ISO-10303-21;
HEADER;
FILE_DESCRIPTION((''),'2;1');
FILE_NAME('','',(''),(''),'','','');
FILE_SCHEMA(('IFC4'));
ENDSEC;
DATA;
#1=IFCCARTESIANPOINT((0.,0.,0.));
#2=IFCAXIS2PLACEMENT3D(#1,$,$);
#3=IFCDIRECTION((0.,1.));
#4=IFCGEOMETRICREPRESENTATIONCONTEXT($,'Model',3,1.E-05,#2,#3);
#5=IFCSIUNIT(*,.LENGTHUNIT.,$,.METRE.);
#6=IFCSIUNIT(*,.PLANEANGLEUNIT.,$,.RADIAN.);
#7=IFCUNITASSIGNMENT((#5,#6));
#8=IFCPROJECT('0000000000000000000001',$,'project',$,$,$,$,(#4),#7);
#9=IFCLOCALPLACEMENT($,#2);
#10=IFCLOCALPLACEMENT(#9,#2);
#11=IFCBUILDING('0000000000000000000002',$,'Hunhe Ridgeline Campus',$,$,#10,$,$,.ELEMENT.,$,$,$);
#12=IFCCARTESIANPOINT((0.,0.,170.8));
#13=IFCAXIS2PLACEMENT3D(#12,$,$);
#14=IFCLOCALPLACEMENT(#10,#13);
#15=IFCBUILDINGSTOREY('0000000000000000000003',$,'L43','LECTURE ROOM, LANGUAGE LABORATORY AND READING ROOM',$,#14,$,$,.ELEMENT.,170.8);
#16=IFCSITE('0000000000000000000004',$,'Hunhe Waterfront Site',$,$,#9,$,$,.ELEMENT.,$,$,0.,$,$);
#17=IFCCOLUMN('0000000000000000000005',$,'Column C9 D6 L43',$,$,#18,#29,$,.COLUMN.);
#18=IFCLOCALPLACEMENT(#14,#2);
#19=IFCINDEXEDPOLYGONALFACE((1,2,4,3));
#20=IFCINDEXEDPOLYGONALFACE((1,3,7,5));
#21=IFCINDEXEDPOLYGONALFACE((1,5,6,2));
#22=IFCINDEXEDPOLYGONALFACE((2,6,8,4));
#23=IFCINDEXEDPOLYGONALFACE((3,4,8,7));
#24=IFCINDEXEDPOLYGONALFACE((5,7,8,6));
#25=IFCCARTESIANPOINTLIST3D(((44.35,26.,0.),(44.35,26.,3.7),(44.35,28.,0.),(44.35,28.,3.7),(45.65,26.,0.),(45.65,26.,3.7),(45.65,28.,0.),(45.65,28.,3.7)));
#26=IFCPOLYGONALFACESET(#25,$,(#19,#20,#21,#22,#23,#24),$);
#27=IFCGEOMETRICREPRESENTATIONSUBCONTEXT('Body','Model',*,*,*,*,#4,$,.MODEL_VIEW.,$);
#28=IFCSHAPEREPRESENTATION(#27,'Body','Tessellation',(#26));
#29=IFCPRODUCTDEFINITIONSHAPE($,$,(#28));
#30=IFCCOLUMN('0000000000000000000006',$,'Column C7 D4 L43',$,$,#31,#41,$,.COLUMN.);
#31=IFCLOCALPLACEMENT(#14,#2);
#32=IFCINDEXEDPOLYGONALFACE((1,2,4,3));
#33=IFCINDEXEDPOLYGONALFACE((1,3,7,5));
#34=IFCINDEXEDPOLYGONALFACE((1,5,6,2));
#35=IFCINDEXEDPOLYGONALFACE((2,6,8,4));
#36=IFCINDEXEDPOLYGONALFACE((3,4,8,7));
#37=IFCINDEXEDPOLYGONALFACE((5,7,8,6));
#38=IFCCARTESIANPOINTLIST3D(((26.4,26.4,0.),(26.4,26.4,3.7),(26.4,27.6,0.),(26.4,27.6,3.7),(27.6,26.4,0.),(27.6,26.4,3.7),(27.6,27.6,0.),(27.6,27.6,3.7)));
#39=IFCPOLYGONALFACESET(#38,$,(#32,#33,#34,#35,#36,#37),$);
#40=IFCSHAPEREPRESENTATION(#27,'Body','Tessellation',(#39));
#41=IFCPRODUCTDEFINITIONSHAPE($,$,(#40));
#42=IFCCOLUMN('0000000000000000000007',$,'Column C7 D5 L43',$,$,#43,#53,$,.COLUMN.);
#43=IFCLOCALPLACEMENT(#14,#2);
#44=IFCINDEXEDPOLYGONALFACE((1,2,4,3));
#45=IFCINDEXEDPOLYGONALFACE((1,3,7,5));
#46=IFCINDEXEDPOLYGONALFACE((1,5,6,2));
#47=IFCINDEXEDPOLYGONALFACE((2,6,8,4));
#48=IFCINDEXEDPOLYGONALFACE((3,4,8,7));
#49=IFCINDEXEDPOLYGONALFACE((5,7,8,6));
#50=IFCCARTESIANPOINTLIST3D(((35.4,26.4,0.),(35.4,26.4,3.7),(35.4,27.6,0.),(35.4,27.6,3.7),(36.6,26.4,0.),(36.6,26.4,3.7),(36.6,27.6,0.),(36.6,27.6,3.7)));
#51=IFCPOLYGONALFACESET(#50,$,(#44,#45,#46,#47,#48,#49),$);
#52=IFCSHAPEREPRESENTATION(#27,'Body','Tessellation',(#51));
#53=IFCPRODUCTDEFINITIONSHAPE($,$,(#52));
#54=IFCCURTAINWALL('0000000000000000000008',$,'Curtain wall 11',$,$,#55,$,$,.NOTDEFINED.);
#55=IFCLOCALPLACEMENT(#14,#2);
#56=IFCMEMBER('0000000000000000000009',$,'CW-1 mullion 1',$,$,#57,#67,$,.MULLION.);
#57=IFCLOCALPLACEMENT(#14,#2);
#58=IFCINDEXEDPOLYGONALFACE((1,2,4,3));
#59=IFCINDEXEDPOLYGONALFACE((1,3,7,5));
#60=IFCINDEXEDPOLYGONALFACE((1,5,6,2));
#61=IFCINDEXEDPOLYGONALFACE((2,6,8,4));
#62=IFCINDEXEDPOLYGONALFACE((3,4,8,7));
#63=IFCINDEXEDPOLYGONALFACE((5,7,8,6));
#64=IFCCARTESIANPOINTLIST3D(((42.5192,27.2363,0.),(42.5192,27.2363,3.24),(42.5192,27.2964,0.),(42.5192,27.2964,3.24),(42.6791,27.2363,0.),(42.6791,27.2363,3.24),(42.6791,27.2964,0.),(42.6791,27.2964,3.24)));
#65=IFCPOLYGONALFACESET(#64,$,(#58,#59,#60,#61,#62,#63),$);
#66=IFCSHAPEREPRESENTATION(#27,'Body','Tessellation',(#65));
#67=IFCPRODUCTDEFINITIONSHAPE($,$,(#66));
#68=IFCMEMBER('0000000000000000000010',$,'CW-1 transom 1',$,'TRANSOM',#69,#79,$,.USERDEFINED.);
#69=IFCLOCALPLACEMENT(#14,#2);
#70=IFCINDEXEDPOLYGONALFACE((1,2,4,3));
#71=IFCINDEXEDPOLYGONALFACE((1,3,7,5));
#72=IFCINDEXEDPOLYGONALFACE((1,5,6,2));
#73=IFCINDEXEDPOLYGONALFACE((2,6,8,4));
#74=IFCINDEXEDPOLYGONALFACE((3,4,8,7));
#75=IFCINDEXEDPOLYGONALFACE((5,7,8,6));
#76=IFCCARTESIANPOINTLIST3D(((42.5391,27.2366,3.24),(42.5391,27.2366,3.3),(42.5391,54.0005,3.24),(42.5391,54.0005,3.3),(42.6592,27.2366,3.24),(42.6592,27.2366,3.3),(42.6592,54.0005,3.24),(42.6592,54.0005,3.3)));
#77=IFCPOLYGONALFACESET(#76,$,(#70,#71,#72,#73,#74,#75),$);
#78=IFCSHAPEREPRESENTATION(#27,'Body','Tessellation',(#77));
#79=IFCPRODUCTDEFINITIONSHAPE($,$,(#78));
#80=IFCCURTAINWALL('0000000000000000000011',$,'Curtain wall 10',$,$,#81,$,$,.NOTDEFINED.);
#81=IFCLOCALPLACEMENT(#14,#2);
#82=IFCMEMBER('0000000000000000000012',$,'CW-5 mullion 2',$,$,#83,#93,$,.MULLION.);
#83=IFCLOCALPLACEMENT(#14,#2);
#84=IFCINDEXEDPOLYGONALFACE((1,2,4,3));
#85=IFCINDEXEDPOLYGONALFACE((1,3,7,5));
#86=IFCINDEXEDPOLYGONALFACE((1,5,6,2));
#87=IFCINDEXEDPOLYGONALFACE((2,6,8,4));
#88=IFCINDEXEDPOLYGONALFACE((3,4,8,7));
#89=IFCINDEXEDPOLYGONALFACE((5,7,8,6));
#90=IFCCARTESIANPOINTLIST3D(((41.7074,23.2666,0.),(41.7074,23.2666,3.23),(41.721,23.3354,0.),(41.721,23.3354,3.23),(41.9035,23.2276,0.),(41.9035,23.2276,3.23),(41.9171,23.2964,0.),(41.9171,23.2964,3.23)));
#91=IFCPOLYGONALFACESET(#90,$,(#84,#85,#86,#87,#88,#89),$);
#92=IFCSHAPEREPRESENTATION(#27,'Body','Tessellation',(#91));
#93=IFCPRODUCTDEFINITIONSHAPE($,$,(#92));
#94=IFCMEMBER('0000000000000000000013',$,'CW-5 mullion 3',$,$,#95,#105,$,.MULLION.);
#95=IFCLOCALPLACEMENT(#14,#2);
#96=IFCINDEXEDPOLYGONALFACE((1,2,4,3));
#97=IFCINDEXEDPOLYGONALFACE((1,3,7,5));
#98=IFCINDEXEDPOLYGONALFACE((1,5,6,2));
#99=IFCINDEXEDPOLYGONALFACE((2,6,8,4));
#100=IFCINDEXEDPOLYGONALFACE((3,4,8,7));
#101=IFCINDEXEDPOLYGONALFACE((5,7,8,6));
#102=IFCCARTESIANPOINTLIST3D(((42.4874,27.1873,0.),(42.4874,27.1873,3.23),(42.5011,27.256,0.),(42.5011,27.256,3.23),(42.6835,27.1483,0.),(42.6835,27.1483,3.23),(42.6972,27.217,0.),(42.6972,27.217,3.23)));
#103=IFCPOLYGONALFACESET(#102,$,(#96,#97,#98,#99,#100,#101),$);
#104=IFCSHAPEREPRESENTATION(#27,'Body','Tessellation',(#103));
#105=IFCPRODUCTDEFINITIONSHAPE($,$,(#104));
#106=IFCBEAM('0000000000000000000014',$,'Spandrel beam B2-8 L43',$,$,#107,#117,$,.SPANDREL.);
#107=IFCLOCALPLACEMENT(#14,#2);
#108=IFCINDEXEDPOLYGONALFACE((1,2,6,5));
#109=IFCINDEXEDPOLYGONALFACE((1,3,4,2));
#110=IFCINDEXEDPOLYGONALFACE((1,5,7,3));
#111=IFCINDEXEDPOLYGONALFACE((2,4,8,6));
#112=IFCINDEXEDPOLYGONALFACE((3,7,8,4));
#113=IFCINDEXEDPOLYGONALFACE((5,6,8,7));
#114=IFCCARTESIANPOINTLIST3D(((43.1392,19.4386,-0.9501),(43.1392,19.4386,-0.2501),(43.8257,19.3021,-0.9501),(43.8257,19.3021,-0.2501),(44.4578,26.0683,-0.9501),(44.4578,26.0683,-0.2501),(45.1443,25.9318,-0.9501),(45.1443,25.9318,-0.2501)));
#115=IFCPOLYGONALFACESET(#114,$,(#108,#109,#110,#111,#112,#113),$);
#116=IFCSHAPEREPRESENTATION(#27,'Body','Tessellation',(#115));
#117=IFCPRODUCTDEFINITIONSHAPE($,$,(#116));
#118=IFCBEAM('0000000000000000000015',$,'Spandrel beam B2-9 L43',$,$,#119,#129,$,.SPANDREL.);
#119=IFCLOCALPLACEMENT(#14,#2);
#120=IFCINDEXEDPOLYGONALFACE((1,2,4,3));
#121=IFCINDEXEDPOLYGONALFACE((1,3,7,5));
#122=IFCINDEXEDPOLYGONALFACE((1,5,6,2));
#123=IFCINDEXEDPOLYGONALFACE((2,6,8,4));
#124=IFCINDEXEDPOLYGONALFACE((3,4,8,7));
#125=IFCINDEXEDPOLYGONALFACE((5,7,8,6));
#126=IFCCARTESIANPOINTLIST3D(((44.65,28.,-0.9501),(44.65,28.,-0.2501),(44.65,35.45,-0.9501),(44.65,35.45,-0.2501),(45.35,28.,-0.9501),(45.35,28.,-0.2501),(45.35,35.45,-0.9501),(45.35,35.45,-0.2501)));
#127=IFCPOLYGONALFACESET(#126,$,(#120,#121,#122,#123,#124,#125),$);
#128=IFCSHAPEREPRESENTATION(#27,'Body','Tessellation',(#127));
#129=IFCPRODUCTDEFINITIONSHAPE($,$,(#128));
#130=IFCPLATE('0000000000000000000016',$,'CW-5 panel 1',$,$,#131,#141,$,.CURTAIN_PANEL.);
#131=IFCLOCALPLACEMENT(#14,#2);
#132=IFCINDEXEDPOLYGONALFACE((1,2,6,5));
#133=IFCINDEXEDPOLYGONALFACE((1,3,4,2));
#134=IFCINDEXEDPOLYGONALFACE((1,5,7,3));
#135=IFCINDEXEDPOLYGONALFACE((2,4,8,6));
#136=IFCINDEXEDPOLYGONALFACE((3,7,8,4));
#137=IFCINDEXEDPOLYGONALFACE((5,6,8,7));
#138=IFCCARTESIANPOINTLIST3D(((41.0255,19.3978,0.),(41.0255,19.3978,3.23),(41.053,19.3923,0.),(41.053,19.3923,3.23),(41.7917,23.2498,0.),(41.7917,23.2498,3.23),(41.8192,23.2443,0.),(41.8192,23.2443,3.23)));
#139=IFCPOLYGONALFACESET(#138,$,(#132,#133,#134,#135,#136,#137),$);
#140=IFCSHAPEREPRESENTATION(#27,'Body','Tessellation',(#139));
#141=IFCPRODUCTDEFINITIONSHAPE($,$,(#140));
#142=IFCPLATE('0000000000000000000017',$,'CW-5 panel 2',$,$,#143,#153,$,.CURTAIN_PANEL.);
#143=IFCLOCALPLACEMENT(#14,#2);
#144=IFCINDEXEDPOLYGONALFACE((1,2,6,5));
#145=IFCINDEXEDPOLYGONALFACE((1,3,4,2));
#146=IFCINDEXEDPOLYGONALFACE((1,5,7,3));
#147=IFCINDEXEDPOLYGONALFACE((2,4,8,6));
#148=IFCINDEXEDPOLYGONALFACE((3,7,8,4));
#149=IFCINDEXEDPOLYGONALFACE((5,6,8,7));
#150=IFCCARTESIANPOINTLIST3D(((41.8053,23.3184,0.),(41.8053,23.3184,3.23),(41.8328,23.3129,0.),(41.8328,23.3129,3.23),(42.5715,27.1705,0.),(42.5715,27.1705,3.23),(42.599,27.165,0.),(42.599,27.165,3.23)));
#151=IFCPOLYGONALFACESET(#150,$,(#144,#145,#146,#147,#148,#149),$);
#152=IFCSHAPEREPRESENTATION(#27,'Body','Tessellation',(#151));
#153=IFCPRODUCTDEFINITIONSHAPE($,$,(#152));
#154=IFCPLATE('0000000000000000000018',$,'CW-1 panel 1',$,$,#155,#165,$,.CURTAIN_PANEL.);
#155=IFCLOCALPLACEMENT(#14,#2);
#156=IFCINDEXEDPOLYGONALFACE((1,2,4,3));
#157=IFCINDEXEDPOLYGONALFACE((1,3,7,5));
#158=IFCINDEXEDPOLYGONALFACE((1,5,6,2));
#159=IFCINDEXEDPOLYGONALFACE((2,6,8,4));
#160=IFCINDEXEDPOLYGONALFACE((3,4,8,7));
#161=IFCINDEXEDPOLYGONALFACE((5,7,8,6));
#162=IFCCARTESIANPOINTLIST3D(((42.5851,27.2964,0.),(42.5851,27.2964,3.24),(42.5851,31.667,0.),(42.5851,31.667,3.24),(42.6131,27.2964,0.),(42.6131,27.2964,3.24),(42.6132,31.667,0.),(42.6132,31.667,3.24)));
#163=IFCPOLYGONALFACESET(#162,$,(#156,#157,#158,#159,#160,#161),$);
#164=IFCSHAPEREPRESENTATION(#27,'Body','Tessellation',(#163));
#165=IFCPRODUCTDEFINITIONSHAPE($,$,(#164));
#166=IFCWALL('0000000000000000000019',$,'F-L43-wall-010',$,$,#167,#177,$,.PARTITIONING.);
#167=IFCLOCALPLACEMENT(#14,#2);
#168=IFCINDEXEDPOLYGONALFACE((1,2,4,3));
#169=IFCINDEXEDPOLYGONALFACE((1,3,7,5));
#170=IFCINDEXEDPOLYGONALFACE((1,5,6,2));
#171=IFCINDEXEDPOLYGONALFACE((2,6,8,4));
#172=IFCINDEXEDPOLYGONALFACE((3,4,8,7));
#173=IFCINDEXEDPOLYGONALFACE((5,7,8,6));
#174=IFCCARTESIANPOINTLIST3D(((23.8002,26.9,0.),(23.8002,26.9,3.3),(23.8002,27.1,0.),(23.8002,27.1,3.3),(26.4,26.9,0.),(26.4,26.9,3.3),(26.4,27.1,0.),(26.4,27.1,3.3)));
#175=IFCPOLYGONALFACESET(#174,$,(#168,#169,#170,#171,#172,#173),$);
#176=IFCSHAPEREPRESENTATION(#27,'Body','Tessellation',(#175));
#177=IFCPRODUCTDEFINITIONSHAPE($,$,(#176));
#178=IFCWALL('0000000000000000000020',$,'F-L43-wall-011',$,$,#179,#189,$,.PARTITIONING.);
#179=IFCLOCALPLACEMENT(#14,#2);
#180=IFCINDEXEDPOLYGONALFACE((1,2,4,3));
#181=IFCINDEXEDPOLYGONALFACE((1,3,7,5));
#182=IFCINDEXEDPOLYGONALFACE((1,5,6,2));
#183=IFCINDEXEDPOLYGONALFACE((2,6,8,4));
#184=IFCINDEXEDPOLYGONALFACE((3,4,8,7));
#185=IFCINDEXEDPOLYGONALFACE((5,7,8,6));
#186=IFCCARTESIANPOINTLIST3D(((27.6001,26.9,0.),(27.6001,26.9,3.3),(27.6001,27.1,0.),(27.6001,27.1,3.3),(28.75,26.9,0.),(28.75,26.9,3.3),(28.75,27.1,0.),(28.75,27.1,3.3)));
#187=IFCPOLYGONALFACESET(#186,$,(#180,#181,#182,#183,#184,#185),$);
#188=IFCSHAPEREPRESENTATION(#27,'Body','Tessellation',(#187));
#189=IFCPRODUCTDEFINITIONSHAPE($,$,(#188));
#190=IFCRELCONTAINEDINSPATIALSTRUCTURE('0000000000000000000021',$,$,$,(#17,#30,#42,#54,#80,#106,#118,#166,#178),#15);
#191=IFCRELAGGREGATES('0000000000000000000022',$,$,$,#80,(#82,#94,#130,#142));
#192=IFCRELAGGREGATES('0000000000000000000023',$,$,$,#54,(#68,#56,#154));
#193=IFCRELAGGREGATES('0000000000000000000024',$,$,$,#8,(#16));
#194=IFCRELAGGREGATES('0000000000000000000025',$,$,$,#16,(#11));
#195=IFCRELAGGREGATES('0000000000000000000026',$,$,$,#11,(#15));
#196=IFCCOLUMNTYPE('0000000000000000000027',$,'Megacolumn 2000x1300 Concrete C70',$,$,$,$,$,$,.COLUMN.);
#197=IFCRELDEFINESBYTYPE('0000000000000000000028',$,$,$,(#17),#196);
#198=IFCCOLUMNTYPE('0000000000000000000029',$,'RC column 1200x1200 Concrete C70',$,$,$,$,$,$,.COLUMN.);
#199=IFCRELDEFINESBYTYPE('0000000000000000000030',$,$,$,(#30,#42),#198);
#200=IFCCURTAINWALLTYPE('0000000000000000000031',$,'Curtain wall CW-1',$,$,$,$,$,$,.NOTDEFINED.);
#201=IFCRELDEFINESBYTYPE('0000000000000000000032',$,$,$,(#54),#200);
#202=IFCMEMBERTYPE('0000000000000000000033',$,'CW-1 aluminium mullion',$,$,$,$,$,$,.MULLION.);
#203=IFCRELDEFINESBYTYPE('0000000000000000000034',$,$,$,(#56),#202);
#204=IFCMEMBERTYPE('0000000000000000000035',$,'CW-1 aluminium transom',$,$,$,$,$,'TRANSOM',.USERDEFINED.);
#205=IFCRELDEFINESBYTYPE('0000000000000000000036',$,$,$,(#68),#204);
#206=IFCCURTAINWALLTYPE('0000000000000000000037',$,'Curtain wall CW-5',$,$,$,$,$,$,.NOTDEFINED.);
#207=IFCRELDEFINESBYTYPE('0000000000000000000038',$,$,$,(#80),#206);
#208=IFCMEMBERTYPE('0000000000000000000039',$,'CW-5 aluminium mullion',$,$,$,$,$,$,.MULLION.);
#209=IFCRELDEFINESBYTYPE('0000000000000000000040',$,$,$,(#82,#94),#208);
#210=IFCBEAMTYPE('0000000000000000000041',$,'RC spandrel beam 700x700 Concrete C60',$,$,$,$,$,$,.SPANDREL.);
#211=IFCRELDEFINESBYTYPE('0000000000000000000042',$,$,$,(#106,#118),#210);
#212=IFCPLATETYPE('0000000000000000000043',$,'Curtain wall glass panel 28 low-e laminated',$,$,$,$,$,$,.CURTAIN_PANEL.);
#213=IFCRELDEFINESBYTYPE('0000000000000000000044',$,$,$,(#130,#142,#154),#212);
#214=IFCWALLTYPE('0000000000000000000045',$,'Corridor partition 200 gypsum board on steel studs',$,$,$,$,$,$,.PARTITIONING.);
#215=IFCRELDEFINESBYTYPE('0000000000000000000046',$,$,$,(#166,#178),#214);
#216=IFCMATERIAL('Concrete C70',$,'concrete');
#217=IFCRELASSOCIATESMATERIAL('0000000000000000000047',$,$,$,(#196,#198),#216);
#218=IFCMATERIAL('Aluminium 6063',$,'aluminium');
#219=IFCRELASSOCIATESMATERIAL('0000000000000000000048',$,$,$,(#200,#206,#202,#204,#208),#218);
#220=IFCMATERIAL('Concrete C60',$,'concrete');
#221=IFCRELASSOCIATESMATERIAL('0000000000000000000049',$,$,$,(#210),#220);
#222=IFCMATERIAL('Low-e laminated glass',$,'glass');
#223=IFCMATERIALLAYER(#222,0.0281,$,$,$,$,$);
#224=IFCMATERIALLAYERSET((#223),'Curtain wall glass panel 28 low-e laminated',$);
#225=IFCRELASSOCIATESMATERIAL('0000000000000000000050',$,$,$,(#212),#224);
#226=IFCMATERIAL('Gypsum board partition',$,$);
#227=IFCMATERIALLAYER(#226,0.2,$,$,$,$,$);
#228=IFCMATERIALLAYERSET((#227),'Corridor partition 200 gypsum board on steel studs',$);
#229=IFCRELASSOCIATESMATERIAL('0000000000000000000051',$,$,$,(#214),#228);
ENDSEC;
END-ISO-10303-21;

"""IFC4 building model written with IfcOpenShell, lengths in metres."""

from ifc_helpers import new_model, si_unit, direction, frame, frame_2d, origin, origin_2d, place, context, subcontext, project, spatial, rectangle, extrude, material, layer, layer_set, material_profile, profile_set, type_object, element, aggregate, save


model = new_model("IFC4")

# Units and contexts
model_context = context("Model", 3, precision=1e-05, world=origin(), true_north=direction((0.0, 1.0)))
body_context = subcontext(model_context, "Body", "Model", "MODEL_VIEW")
ifc_project = project(units=[si_unit("LENGTHUNIT", "METRE"), si_unit("PLANEANGLEUNIT", "RADIAN")], contexts=[model_context])

# Site, building, storey
site_placement = place(None, origin())
site = spatial("IfcSite", under=ifc_project, at=site_placement, Name="Hunhe Waterfront Site", CompositionType="ELEMENT", RefElevation=0.0)
building_placement = place(site_placement, origin())
building = spatial("IfcBuilding", under=site, at=building_placement, Name="Hunhe Ridgeline Campus", CompositionType="ELEMENT")
storey_placement = place(building_placement, frame((0.0, 0.0, 170.8)))
storey = spatial("IfcBuildingStorey", under=building, at=storey_placement, Name="L43", Description="LECTURE ROOM, LANGUAGE LABORATORY AND READING ROOM", CompositionType="ELEMENT", Elevation=170.8)

# Columns
ifc_material_1 = material(Name="Concrete C70", Category="concrete")
ifc_material_profile_1 = material_profile(ifc_material_1, rectangle(XDim=2.0, YDim=1.3, at=origin_2d()))
ifc_profile_set_1 = profile_set([ifc_material_profile_1], Name="Concrete C70")
column_type_1 = type_object("IfcColumnType", Name="Megacolumn 2000x1300 Concrete C70", PredefinedType="COLUMN", material=ifc_profile_set_1)
column_placement = place(storey_placement, frame((45.0, 27.0, 0.0), z_axis=(0.0, 0.0, 1.0), x_axis=(0.0, 1.0, 0.0)))
element("IfcColumn", 1, at=column_placement, inside=storey, type_object=column_type_1, Name="Column C9 D6 L43", PredefinedType="COLUMN", context=body_context, shape_type="SweptSolid", body=[
    extrude(rectangle(XDim=2.0, YDim=1.3, at=origin_2d()), origin(), (0.0, 0.0, 1.0), 3.7),
])
ifc_material_profile_2 = material_profile(ifc_material_1, rectangle(XDim=1.2, YDim=1.2, at=origin_2d()))
ifc_profile_set_2 = profile_set([ifc_material_profile_2], Name="Concrete C70")
column_type_2 = type_object("IfcColumnType", Name="RC column 1200x1200 Concrete C70", PredefinedType="COLUMN", material=ifc_profile_set_2)
for number, where, z_axis, x_axis, name in (
    (2, (27.0, 27.0, 0.0), (0.0, 0.0, 1.0), (1.0, 0.0, 0.0), "Column C7 D4 L43"),
    (3, (36.0, 27.0, 0.0), (0.0, 0.0, 1.0), (1.0, 0.0, 0.0), "Column C7 D5 L43"),
):
    element("IfcColumn", number, at=place(storey_placement, frame(where, z_axis=z_axis, x_axis=x_axis)), inside=storey, type_object=column_type_2, Name=name, PredefinedType="COLUMN", context=body_context, shape_type="SweptSolid", body=[
        extrude(rectangle(XDim=1.2, YDim=1.2, at=origin_2d()), origin(), (0.0, 0.0, 1.0), 3.7),
    ])

# Curtain walls, members
ifc_material_2 = material(Name="Aluminium 6063", Category="aluminium")
curtain_wall_type_1 = type_object("IfcCurtainWallType", Name="Curtain wall CW-1", PredefinedType="NOTDEFINED", material=ifc_material_2)
curtain_wall_1_placement = place(storey_placement, origin())
curtain_wall_1 = element("IfcCurtainWall", 4, at=curtain_wall_1_placement, inside=storey, type_object=curtain_wall_type_1, Name="Curtain wall 11", PredefinedType="NOTDEFINED")
ifc_material_profile_3 = material_profile(ifc_material_2, rectangle(XDim=0.1599, YDim=0.0601, at=origin_2d()))
ifc_profile_set_3 = profile_set([ifc_material_profile_3], Name="Aluminium 6063")
member_type_1 = type_object("IfcMemberType", Name="CW-1 aluminium mullion", PredefinedType="MULLION", material=ifc_profile_set_3)
member_1_placement = place(storey_placement, frame((42.5991, 27.2664, 0.0), z_axis=(0.0, 0.0, 1.0), x_axis=(-1.0, 0.000004, 0.0)))
member_1 = element("IfcMember", 5, at=member_1_placement, type_object=member_type_1, Name="CW-1 mullion 1", PredefinedType="MULLION", context=body_context, shape_type="SweptSolid", body=[
    extrude(rectangle(XDim=0.1599, YDim=0.0601, at=origin_2d()), origin(), (0.0, 0.0, 1.0), 3.24),
])
ifc_material_profile_4 = material_profile(ifc_material_2, rectangle(XDim=0.1201, YDim=0.0601, at=origin_2d()))
ifc_profile_set_4 = profile_set([ifc_material_profile_4], Name="Aluminium 6063")
member_type_2 = type_object("IfcMemberType", Name="CW-1 aluminium transom", ElementType="TRANSOM", PredefinedType="USERDEFINED", material=ifc_profile_set_4)
member_2_placement = place(storey_placement, frame((42.5991, 27.2366, 3.27), z_axis=(0.0, 1.0, 0.0), x_axis=(-1.0, 0.0, 0.0)))
member_2 = element("IfcMember", 6, at=member_2_placement, type_object=member_type_2, Name="CW-1 transom 1", ObjectType="TRANSOM", PredefinedType="USERDEFINED", context=body_context, shape_type="SweptSolid", body=[
    extrude(rectangle(XDim=0.1201, YDim=0.0601, at=origin_2d()), origin(), (0.0, 0.0, 1.0), 26.7639),
])
curtain_wall_type_2 = type_object("IfcCurtainWallType", Name="Curtain wall CW-5", PredefinedType="NOTDEFINED", material=ifc_material_2)
curtain_wall_2_placement = place(storey_placement, origin())
curtain_wall_2 = element("IfcCurtainWall", 7, at=curtain_wall_2_placement, inside=storey, type_object=curtain_wall_type_2, Name="Curtain wall 10", PredefinedType="NOTDEFINED")
ifc_material_profile_5 = material_profile(ifc_material_2, rectangle(XDim=0.2, YDim=0.0701, at=origin_2d()))
ifc_profile_set_5 = profile_set([ifc_material_profile_5], Name="Aluminium 6063")
member_type_3 = type_object("IfcMemberType", Name="CW-5 aluminium mullion", PredefinedType="MULLION", material=ifc_profile_set_5)
member_3_placement = place(storey_placement, frame((41.8123, 23.2815, 0.0), z_axis=(0.0, 0.0, 1.0), x_axis=(-0.980785, 0.19509, 0.0)))
member_3 = element("IfcMember", 8, at=member_3_placement, type_object=member_type_3, Name="CW-5 mullion 2", PredefinedType="MULLION", context=body_context, shape_type="SweptSolid", body=[
    extrude(rectangle(XDim=0.2, YDim=0.0701, at=origin_2d()), origin(), (0.0, 0.0, 1.0), 3.23),
])
member_4_placement = place(storey_placement, frame((42.5923, 27.2021, 0.0), z_axis=(0.0, 0.0, 1.0), x_axis=(-0.980785, 0.19509, 0.0)))
member_4 = element("IfcMember", 9, at=member_4_placement, type_object=member_type_3, Name="CW-5 mullion 3", PredefinedType="MULLION", context=body_context, shape_type="SweptSolid", body=[
    extrude(rectangle(XDim=0.2, YDim=0.0701, at=origin_2d()), origin(), (0.0, 0.0, 1.0), 3.23),
])

# Beams
ifc_material_3 = material(Name="Concrete C60", Category="concrete")
ifc_material_profile_6 = material_profile(ifc_material_3, rectangle(XDim=0.7, YDim=0.7, at=origin_2d()))
ifc_profile_set_6 = profile_set([ifc_material_profile_6], Name="Concrete C60")
beam_type = type_object("IfcBeamType", Name="RC spandrel beam 700x700 Concrete C60", PredefinedType="SPANDREL", material=ifc_profile_set_6)
beam_1_placement = place(storey_placement, frame((43.4824, 19.3704, -0.6001), z_axis=(0.195074, 0.980788, 0.0), x_axis=(-0.980788, 0.195074, 0.0)))
element("IfcBeam", 10, at=beam_1_placement, inside=storey, type_object=beam_type, Name="Spandrel beam B2-8 L43", PredefinedType="SPANDREL", context=body_context, shape_type="SweptSolid", body=[
    extrude(rectangle(XDim=0.7, YDim=0.7, at=origin_2d()), origin(), (0.0, 0.0, 1.0), 6.7595),
])
beam_2_placement = place(storey_placement, frame((45.0, 28.0, -0.6001), z_axis=(0.0, 1.0, 0.0), x_axis=(-1.0, 0.0, 0.0)))
element("IfcBeam", 11, at=beam_2_placement, inside=storey, type_object=beam_type, Name="Spandrel beam B2-9 L43", PredefinedType="SPANDREL", context=body_context, shape_type="SweptSolid", body=[
    extrude(rectangle(XDim=0.7, YDim=0.7, at=origin_2d()), origin(), (0.0, 0.0, 1.0), 7.45),
])

# Plates
ifc_material_4 = material(Name="Low-e laminated glass", Category="glass")
ifc_layer_1 = layer(ifc_material_4, 0.0281)
ifc_layer_set_1 = layer_set([ifc_layer_1], Name="Curtain wall glass panel 28 low-e laminated")
plate_type = type_object("IfcPlateType", Name="Curtain wall glass panel 28 low-e laminated", PredefinedType="CURTAIN_PANEL", material=ifc_layer_set_1)
plate_1_placement = place(storey_placement, frame((41.4224, 21.321, 0.0), z_axis=(0.0, 0.0, 1.0), x_axis=(0.19509, 0.980785, 0.0)))
plate_1 = element("IfcPlate", 12, at=plate_1_placement, type_object=plate_type, Name="CW-5 panel 1", PredefinedType="CURTAIN_PANEL", context=body_context, shape_type="SweptSolid", body=[
    extrude(rectangle(XDim=3.9275, YDim=0.0281, at=origin_2d()), origin(), (0.0, 0.0, 1.0), 3.23),
])
plate_2_placement = place(storey_placement, frame((42.2021, 25.2417, 0.0), z_axis=(0.0, 0.0, 1.0), x_axis=(0.19509, 0.980785, 0.0)))
plate_2 = element("IfcPlate", 13, at=plate_2_placement, type_object=plate_type, Name="CW-5 panel 2", PredefinedType="CURTAIN_PANEL", context=body_context, shape_type="SweptSolid", body=[
    extrude(rectangle(XDim=3.9275, YDim=0.0281, at=origin_2d()), origin(), (0.0, 0.0, 1.0), 3.23),
])
aggregate(curtain_wall_2, [member_3, member_4, plate_1, plate_2])
plate_3_placement = place(storey_placement, frame((42.5991, 29.4817, 0.0), z_axis=(0.0, 0.0, 1.0), x_axis=(0.000004, 1.0, 0.0)))
plate_3 = element("IfcPlate", 14, at=plate_3_placement, type_object=plate_type, Name="CW-1 panel 1", PredefinedType="CURTAIN_PANEL", context=body_context, shape_type="SweptSolid", body=[
    extrude(rectangle(XDim=4.3706, YDim=0.0281, at=origin_2d()), origin(), (0.0, 0.0, 1.0), 3.24),
])
aggregate(curtain_wall_1, [member_2, member_1, plate_3])

# Walls
ifc_material_5 = material(Name="Gypsum board partition")
ifc_layer_2 = layer(ifc_material_5, 0.2)
ifc_layer_set_2 = layer_set([ifc_layer_2], Name="Corridor partition 200 gypsum board on steel studs")
wall_type_1 = type_object("IfcWallType", Name="Corridor partition 200 gypsum board on steel studs", PredefinedType="PARTITIONING", material=ifc_layer_set_2)
wall_1_placement = place(storey_placement, frame((26.3999, 27.0, 0.0), z_axis=(0.0, 0.0, 1.0), x_axis=(-1.0, 0.0, 0.0)))
element("IfcWall", 15, at=wall_1_placement, inside=storey, type_object=wall_type_1, Name="F-L43-wall-010", PredefinedType="PARTITIONING", context=body_context, shape_type="SweptSolid", body=[
    extrude(rectangle(XDim=2.5999, YDim=0.2, at=frame_2d((1.2998, 0.0))), origin(), (0.0, 0.0, 1.0), 3.3),
])
wall_2_placement = place(storey_placement, frame((28.75, 27.0, 0.0), z_axis=(0.0, 0.0, 1.0), x_axis=(-1.0, 0.0, 0.0)))
element("IfcWall", 16, at=wall_2_placement, inside=storey, type_object=wall_type_1, Name="F-L43-wall-011", PredefinedType="PARTITIONING", context=body_context, shape_type="SweptSolid", body=[
    extrude(rectangle(XDim=1.1499, YDim=0.2, at=frame_2d((0.575, 0.0))), origin(), (0.0, 0.0, 1.0), 3.3),
])

save(model, "model.ifc")
